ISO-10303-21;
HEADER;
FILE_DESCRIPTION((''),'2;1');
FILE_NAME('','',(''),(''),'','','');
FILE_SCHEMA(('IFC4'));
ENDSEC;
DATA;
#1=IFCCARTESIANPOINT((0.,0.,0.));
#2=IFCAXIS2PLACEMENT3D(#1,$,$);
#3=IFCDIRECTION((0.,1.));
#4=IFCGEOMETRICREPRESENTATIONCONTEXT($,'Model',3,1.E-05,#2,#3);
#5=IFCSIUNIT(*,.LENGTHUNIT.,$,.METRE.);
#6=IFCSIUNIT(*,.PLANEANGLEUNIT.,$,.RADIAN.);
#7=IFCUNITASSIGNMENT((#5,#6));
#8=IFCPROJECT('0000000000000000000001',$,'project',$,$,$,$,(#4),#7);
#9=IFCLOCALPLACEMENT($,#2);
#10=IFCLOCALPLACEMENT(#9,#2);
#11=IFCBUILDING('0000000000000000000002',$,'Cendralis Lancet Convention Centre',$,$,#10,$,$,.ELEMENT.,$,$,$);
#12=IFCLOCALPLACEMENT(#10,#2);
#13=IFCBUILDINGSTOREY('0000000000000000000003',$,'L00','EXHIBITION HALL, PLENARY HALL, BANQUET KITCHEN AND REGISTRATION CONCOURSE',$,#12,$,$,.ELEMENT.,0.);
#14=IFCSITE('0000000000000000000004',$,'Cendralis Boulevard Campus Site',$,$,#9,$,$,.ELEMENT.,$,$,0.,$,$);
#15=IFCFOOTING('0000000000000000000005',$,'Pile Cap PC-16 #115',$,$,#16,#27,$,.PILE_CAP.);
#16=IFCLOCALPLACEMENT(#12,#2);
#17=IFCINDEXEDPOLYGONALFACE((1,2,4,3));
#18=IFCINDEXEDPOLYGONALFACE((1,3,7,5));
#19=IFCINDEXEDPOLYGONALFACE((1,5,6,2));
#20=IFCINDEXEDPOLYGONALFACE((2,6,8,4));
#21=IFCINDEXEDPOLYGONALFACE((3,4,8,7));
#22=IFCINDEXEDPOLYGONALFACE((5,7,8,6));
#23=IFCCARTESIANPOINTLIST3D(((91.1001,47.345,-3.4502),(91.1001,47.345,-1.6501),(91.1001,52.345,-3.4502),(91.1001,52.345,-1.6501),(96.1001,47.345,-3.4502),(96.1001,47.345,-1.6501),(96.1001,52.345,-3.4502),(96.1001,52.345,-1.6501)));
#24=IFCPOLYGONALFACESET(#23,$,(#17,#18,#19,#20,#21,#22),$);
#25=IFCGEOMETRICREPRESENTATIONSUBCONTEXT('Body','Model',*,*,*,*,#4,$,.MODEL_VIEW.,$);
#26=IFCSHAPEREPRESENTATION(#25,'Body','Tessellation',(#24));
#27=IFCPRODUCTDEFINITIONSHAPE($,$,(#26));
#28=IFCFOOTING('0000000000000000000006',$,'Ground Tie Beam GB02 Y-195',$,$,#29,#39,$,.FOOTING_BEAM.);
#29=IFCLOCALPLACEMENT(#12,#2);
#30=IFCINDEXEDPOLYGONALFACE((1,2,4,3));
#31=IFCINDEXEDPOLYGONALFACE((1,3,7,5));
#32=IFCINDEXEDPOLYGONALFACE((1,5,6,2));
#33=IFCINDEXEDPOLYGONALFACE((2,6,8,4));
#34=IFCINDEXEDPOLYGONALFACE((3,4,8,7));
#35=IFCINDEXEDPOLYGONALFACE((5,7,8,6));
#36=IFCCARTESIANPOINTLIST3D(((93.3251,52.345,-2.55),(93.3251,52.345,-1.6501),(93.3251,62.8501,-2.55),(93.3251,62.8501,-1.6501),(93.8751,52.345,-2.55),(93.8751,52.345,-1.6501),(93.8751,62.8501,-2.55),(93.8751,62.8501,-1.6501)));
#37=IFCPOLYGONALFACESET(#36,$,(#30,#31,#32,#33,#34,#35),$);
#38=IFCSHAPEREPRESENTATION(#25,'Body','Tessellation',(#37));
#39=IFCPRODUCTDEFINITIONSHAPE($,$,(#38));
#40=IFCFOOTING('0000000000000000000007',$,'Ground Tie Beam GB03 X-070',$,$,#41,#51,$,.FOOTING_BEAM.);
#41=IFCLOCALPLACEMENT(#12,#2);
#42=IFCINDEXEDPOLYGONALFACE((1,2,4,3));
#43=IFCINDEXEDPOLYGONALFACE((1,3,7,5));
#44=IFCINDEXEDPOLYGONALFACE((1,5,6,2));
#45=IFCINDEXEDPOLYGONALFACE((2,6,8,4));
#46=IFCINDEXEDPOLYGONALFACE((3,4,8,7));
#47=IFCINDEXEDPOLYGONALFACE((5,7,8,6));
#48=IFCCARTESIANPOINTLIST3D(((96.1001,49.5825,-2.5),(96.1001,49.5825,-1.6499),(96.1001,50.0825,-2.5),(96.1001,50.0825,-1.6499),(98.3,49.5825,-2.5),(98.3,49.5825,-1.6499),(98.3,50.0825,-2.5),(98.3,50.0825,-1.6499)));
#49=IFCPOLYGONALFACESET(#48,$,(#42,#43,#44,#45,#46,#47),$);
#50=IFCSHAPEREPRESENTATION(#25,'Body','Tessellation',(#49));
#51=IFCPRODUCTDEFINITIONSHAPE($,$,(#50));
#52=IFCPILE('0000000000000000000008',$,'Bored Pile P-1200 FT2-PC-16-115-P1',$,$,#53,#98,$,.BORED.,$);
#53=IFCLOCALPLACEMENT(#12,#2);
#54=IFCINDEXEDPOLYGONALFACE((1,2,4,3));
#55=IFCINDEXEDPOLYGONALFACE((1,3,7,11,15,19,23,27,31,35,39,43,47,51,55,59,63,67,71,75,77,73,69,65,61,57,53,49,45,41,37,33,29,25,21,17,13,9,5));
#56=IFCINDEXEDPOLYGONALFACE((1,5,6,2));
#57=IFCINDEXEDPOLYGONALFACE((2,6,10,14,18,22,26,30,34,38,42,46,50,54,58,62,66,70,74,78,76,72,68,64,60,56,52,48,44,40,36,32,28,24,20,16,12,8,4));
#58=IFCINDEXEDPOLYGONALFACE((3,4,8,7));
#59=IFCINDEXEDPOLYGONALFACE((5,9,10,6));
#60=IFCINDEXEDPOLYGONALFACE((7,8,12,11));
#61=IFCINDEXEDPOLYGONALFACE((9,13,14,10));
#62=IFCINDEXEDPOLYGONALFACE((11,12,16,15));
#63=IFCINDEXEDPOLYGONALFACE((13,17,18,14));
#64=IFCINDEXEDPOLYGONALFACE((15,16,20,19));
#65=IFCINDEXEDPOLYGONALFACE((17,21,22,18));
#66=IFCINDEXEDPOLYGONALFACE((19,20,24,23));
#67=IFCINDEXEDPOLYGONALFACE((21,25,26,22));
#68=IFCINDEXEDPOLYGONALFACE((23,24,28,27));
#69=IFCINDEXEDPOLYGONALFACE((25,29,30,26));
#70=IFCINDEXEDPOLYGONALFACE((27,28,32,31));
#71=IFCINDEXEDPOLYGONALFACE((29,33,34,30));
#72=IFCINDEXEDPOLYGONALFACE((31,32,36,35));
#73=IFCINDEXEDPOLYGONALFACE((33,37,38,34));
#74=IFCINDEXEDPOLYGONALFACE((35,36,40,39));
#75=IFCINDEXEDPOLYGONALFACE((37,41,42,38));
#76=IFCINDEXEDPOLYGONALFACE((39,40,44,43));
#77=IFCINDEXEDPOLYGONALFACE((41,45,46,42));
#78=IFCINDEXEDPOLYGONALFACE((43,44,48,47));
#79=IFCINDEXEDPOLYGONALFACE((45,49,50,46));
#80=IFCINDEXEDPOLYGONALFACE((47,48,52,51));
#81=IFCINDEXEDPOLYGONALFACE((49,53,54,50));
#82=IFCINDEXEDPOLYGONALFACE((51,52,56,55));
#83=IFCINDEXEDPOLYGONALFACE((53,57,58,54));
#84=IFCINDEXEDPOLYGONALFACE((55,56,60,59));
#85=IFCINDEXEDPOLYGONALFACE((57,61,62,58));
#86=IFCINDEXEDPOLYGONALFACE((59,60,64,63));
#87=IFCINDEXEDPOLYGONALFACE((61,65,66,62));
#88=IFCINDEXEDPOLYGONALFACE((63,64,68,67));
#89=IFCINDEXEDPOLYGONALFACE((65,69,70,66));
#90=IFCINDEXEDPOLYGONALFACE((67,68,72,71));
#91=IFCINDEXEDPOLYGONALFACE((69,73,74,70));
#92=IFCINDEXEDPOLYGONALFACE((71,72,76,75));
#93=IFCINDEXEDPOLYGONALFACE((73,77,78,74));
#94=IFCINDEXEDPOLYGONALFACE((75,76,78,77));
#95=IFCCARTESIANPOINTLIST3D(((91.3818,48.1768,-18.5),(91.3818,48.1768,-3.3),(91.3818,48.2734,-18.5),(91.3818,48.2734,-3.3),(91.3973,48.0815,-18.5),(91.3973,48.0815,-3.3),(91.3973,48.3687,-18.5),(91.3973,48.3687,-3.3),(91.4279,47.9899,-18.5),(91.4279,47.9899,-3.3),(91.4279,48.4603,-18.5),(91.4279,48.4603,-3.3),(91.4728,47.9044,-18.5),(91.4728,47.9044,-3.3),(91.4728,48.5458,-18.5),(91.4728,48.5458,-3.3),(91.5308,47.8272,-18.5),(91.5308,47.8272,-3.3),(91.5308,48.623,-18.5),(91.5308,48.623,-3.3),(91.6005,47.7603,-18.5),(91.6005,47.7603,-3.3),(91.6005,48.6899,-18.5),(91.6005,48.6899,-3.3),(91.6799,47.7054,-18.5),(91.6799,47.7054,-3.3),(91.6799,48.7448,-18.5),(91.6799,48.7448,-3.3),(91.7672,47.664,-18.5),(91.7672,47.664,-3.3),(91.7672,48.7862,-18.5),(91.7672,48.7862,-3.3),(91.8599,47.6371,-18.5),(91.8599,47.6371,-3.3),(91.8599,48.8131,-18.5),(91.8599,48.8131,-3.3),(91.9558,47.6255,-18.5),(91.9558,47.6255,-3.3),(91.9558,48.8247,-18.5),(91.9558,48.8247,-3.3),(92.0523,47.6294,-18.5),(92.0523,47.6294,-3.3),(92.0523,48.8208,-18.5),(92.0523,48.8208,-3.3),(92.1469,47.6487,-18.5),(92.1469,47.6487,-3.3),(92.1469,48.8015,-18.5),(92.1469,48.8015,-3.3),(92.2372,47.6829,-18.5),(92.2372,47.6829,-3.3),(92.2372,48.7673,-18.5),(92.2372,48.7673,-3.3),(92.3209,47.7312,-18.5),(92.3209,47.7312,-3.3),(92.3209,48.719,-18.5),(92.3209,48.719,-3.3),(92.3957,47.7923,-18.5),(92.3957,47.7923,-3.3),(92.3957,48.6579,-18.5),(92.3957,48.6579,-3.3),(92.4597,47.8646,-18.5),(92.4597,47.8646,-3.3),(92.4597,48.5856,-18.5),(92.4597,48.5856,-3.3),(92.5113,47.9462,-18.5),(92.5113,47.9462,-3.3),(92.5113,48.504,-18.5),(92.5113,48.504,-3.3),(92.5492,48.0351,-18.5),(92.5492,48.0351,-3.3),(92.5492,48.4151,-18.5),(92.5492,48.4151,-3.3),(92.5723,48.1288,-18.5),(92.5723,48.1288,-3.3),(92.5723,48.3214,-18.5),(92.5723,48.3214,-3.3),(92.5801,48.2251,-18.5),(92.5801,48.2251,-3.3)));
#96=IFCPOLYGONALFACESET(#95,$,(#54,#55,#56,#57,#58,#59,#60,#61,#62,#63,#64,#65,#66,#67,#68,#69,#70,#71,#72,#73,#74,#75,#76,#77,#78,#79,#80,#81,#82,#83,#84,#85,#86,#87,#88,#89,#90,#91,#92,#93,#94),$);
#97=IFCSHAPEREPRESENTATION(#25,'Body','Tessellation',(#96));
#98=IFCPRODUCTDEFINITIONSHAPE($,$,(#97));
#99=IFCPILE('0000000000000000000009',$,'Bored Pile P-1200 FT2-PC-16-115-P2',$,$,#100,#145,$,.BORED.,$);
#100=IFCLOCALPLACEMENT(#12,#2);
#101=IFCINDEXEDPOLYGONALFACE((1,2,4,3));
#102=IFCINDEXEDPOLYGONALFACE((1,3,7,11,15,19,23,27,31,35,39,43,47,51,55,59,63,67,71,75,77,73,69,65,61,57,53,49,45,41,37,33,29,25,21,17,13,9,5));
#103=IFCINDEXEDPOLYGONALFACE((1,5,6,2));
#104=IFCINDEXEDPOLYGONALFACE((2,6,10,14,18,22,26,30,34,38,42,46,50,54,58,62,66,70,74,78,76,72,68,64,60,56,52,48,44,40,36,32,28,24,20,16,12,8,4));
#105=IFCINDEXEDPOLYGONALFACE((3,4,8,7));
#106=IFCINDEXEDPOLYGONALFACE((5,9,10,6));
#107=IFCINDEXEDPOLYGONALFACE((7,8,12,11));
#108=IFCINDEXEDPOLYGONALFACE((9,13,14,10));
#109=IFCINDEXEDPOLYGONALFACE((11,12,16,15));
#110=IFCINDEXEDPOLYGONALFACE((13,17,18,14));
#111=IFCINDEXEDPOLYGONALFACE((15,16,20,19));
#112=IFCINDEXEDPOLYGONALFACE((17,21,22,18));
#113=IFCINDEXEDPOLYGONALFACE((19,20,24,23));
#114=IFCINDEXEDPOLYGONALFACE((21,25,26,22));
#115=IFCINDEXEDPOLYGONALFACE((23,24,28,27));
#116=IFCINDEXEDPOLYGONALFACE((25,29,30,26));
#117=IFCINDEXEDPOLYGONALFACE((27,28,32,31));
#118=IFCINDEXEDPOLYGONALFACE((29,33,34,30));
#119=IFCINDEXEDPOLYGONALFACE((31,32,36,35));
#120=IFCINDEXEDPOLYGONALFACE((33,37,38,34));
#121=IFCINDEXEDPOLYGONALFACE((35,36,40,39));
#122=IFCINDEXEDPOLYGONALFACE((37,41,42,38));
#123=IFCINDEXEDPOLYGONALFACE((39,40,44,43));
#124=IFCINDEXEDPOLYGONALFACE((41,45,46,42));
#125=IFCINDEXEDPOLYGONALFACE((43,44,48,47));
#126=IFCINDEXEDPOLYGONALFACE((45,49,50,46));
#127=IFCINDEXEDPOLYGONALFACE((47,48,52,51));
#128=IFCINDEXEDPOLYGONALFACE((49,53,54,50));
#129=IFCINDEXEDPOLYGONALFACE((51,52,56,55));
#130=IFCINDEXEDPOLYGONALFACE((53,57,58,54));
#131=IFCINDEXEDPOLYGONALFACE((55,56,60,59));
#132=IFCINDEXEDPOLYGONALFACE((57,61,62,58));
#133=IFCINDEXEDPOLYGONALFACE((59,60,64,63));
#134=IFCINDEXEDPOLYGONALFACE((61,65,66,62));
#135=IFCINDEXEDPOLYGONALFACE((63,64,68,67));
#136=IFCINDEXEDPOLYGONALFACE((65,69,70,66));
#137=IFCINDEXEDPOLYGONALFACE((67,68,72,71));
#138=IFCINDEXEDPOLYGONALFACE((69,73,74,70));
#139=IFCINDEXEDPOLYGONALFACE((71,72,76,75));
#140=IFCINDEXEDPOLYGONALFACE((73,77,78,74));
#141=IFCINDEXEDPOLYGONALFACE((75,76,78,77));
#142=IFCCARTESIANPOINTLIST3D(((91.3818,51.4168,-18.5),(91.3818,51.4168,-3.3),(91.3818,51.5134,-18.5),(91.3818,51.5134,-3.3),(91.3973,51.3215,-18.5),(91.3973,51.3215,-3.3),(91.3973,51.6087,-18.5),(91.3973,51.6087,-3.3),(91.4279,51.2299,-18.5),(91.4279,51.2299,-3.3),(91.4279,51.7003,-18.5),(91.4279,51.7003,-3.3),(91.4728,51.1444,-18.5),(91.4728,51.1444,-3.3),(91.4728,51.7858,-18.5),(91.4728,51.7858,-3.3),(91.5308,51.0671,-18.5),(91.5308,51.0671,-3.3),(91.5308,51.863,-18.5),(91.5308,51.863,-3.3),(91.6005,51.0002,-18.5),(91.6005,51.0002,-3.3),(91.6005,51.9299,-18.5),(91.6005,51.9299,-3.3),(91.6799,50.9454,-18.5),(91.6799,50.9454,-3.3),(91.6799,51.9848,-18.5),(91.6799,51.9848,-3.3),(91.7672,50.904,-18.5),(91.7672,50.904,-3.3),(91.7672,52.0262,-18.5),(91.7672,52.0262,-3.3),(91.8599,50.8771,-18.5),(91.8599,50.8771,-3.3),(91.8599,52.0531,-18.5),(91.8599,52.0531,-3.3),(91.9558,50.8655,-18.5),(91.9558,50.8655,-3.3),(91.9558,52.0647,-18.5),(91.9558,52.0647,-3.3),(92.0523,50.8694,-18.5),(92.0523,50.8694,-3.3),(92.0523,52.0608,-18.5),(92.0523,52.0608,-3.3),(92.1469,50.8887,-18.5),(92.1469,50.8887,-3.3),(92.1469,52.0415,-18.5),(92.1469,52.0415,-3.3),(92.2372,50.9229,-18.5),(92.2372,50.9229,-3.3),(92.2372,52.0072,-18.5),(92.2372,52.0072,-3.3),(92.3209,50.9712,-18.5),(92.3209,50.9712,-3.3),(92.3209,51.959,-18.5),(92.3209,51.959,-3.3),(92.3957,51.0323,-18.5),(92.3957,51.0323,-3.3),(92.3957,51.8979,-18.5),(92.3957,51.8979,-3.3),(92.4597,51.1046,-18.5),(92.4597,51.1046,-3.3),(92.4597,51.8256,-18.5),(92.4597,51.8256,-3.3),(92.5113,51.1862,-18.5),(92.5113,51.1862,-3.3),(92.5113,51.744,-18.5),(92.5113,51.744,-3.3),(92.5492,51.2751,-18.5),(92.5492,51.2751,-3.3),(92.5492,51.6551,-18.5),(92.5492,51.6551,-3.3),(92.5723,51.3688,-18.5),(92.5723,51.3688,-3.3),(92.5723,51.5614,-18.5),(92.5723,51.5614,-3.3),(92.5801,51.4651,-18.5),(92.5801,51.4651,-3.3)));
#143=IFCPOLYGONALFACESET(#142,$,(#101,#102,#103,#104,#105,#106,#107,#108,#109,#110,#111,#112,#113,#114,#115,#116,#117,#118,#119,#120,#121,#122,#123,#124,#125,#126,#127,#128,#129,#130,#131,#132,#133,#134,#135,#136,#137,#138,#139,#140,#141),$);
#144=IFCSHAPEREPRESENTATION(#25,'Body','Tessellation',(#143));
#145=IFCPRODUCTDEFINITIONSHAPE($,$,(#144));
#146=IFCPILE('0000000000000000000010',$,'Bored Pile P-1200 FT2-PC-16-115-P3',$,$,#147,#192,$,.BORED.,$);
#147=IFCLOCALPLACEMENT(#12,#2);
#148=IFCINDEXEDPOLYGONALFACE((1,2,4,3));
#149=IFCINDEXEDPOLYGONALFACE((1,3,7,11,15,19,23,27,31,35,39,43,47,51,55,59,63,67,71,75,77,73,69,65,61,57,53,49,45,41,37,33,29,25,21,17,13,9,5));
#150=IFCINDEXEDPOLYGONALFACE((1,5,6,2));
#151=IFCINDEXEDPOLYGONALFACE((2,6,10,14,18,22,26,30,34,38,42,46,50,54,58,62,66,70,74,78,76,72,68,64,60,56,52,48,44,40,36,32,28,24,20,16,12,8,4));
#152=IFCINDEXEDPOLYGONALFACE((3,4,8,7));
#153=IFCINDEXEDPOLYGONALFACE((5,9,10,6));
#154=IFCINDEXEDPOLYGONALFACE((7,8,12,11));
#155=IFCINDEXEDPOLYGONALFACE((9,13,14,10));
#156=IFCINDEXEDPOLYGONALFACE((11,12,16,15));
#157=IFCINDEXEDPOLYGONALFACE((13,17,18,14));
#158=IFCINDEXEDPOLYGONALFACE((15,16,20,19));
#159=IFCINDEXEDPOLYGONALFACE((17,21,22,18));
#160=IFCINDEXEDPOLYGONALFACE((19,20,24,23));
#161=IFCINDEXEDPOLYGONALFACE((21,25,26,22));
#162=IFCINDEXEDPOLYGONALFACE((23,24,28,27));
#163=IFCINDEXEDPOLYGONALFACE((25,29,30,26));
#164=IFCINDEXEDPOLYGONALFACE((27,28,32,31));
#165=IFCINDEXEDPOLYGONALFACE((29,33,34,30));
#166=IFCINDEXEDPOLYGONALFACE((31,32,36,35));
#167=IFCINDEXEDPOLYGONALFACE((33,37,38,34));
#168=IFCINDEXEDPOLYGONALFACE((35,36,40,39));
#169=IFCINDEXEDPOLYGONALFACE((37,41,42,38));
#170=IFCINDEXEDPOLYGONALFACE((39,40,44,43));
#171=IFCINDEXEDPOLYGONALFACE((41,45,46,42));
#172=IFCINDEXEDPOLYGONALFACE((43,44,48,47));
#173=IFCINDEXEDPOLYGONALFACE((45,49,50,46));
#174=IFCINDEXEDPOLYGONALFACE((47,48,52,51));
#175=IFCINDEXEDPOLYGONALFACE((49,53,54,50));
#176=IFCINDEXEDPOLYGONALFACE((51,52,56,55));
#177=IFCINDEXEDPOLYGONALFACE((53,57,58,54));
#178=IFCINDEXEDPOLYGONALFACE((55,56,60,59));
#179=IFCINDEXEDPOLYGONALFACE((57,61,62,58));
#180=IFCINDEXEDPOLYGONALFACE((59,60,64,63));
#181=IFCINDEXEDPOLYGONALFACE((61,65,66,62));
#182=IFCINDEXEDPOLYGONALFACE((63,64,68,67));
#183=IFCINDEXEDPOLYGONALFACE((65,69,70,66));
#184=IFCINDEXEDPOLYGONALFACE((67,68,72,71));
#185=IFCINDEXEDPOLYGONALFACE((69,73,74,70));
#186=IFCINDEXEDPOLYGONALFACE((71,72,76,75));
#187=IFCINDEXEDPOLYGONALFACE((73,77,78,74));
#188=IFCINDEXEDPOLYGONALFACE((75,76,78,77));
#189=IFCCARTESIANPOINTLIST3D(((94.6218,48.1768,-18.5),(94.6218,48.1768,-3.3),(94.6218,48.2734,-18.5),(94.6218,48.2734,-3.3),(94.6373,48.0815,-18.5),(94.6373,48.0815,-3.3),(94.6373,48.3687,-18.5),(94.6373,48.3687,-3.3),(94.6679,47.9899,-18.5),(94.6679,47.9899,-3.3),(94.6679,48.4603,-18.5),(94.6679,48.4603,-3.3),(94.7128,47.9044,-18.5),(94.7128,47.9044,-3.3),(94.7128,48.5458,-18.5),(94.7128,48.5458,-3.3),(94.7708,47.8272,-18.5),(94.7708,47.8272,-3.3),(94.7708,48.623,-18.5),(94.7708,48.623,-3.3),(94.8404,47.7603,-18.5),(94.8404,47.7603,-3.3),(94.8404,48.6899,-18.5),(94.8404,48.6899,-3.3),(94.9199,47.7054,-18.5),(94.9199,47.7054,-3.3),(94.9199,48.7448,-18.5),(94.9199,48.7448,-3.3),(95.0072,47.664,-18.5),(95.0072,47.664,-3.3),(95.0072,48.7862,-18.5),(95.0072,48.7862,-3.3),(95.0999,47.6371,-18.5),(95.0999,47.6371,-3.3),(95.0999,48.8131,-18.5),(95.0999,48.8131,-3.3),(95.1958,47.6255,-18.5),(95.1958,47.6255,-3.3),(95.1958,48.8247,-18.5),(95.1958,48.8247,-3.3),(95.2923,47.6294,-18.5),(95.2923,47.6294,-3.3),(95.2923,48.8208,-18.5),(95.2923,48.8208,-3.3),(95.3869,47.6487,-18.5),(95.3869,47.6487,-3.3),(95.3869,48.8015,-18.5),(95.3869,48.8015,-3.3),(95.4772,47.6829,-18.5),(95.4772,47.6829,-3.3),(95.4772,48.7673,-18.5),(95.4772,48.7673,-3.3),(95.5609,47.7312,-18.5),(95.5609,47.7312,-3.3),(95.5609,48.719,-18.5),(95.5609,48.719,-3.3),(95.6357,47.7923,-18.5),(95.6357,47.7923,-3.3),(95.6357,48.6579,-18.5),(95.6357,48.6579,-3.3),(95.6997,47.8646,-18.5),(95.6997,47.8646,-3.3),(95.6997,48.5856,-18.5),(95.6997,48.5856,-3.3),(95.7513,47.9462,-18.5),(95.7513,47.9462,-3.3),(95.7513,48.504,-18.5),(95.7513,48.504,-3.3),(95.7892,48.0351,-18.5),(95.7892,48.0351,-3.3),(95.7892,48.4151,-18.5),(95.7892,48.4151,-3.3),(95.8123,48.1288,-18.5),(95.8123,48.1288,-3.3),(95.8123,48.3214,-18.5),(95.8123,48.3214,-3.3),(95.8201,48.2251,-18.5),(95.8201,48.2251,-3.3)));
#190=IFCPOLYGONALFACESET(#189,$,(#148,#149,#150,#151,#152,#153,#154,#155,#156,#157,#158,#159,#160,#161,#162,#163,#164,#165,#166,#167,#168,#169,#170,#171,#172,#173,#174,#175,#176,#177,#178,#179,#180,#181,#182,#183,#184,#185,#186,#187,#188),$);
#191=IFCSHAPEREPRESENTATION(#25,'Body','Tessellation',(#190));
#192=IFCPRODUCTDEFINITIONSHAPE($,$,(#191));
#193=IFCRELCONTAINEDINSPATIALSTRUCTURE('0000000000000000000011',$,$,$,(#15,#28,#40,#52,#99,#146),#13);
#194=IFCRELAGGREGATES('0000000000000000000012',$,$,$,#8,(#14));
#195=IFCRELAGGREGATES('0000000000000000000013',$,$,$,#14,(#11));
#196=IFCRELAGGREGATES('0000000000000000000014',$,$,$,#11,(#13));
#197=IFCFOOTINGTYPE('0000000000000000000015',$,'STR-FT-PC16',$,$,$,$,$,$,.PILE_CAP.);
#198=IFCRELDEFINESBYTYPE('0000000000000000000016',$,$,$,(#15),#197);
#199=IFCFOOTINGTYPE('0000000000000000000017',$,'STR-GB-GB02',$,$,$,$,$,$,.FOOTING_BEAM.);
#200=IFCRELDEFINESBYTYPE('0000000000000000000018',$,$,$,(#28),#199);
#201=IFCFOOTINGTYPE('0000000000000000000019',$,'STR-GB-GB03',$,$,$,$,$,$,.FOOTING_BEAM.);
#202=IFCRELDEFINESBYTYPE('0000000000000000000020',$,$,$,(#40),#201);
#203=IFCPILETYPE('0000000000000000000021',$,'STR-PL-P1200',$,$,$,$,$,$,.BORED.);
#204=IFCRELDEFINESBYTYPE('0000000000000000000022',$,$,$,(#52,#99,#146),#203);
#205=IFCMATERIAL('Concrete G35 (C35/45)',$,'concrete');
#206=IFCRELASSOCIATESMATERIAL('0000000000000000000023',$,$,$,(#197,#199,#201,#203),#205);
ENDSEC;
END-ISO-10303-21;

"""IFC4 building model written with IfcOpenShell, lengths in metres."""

from ifc_helpers import new_model, si_unit, direction, frame, origin, origin_2d, place, context, subcontext, project, spatial, rectangle, circle, extrude, material, material_profile, profile_set, type_object, element, save


model = new_model("IFC4")

# Units and contexts
model_context = context("Model", 3, precision=1e-05, world=origin(), true_north=direction((0.0, 1.0)))
body_context = subcontext(model_context, "Body", "Model", "MODEL_VIEW")
ifc_project = project(units=[si_unit("LENGTHUNIT", "METRE"), si_unit("PLANEANGLEUNIT", "RADIAN")], contexts=[model_context])

# Site, building, storey
site_placement = place(None, origin())
site = spatial("IfcSite", under=ifc_project, at=site_placement, Name="Cendralis Boulevard Campus Site", CompositionType="ELEMENT", RefElevation=0.0)
building_placement = place(site_placement, origin())
building = spatial("IfcBuilding", under=site, at=building_placement, Name="Cendralis Lancet Convention Centre", CompositionType="ELEMENT")
storey_placement = place(building_placement, origin())
storey = spatial("IfcBuildingStorey", under=building, at=storey_placement, Name="L00", Description="EXHIBITION HALL, PLENARY HALL, BANQUET KITCHEN AND REGISTRATION CONCOURSE", CompositionType="ELEMENT", Elevation=0.0)

# Footings
ifc_material_1 = material(Name="Concrete G35 (C35/45)", Category="concrete")
footing_type_1 = type_object("IfcFootingType", Name="STR-FT-PC16", PredefinedType="PILE_CAP", material=ifc_material_1)
footing_1_placement = place(storey_placement, frame((93.6001, 49.845, -3.4502), z_axis=(0.0, 0.0, 1.0), x_axis=(1.0, 0.0, 0.0)))
element("IfcFooting", 1, at=footing_1_placement, inside=storey, type_object=footing_type_1, Name="Pile Cap PC-16 #115", PredefinedType="PILE_CAP", context=body_context, shape_type="SweptSolid", body=[
    extrude(rectangle(XDim=5.0, YDim=5.0, at=origin_2d()), origin(), (0.0, 0.0, 1.0), 1.8),
])
ifc_material_profile_1 = material_profile(ifc_material_1, rectangle(XDim=0.55, YDim=0.8999, at=origin_2d()), Name="RCB 550x900")
ifc_profile_set_1 = profile_set([ifc_material_profile_1], Name="Concrete G35 (C35/45)")
footing_type_2 = type_object("IfcFootingType", Name="STR-GB-GB02", PredefinedType="FOOTING_BEAM", material=ifc_profile_set_1)
footing_2_placement = place(storey_placement, frame((93.6001, 52.345, -2.1001), z_axis=(0.0, 1.0, 0.0), x_axis=(-1.0, 0.0, 0.0)))
element("IfcFooting", 2, at=footing_2_placement, inside=storey, type_object=footing_type_2, Name="Ground Tie Beam GB02 Y-195", PredefinedType="FOOTING_BEAM", context=body_context, shape_type="SweptSolid", body=[
    extrude(rectangle(XDim=0.55, YDim=0.8999, at=origin_2d()), origin(), (0.0, 0.0, 1.0), 10.5051),
])
ifc_material_profile_2 = material_profile(ifc_material_1, rectangle(XDim=0.5, YDim=0.8501, at=origin_2d()), Name="RCB 500x850")
ifc_profile_set_2 = profile_set([ifc_material_profile_2], Name="Concrete G35 (C35/45)")
footing_type_3 = type_object("IfcFootingType", Name="STR-GB-GB03", PredefinedType="FOOTING_BEAM", material=ifc_profile_set_2)
footing_3_placement = place(storey_placement, frame((96.1001, 49.8325, -2.075), z_axis=(1.0, 0.0, 0.0), x_axis=(0.0, 1.0, 0.0)))
element("IfcFooting", 3, at=footing_3_placement, inside=storey, type_object=footing_type_3, Name="Ground Tie Beam GB03 X-070", PredefinedType="FOOTING_BEAM", context=body_context, shape_type="SweptSolid", body=[
    extrude(rectangle(XDim=0.5, YDim=0.8501, at=origin_2d()), origin(), (0.0, 0.0, 1.0), 2.2),
])

# Piles
ifc_material_profile_3 = material_profile(ifc_material_1, circle(Radius=0.6001, at=origin_2d()), Name="BORED PILE D1200")
ifc_profile_set_3 = profile_set([ifc_material_profile_3], Name="Concrete G35 (C35/45)")
pile_type = type_object("IfcPileType", Name="STR-PL-P1200", PredefinedType="BORED", material=ifc_profile_set_3)
for number, where, z_axis, x_axis, name in (
    (4, (91.98, 48.2251, -3.3), (0.0, 0.0, -1.0), (1.0, 0.0, 0.0), "Bored Pile P-1200 FT2-PC-16-115-P1"),
    (5, (91.98, 51.4651, -3.3), (0.0, 0.0, -1.0), (1.0, 0.0, 0.0), "Bored Pile P-1200 FT2-PC-16-115-P2"),
    (6, (95.22, 48.2251, -3.3), (0.0, 0.0, -1.0), (1.0, 0.0, 0.0), "Bored Pile P-1200 FT2-PC-16-115-P3"),
):
    element("IfcPile", number, at=place(storey_placement, frame(where, z_axis=z_axis, x_axis=x_axis)), inside=storey, type_object=pile_type, Name=name, PredefinedType="BORED", context=body_context, shape_type="SweptSolid", body=[
        extrude(circle(Radius=0.6001, at=origin_2d()), origin(), (0.0, 0.0, 1.0), 15.2),
    ])

save(model, "model.ifc")
